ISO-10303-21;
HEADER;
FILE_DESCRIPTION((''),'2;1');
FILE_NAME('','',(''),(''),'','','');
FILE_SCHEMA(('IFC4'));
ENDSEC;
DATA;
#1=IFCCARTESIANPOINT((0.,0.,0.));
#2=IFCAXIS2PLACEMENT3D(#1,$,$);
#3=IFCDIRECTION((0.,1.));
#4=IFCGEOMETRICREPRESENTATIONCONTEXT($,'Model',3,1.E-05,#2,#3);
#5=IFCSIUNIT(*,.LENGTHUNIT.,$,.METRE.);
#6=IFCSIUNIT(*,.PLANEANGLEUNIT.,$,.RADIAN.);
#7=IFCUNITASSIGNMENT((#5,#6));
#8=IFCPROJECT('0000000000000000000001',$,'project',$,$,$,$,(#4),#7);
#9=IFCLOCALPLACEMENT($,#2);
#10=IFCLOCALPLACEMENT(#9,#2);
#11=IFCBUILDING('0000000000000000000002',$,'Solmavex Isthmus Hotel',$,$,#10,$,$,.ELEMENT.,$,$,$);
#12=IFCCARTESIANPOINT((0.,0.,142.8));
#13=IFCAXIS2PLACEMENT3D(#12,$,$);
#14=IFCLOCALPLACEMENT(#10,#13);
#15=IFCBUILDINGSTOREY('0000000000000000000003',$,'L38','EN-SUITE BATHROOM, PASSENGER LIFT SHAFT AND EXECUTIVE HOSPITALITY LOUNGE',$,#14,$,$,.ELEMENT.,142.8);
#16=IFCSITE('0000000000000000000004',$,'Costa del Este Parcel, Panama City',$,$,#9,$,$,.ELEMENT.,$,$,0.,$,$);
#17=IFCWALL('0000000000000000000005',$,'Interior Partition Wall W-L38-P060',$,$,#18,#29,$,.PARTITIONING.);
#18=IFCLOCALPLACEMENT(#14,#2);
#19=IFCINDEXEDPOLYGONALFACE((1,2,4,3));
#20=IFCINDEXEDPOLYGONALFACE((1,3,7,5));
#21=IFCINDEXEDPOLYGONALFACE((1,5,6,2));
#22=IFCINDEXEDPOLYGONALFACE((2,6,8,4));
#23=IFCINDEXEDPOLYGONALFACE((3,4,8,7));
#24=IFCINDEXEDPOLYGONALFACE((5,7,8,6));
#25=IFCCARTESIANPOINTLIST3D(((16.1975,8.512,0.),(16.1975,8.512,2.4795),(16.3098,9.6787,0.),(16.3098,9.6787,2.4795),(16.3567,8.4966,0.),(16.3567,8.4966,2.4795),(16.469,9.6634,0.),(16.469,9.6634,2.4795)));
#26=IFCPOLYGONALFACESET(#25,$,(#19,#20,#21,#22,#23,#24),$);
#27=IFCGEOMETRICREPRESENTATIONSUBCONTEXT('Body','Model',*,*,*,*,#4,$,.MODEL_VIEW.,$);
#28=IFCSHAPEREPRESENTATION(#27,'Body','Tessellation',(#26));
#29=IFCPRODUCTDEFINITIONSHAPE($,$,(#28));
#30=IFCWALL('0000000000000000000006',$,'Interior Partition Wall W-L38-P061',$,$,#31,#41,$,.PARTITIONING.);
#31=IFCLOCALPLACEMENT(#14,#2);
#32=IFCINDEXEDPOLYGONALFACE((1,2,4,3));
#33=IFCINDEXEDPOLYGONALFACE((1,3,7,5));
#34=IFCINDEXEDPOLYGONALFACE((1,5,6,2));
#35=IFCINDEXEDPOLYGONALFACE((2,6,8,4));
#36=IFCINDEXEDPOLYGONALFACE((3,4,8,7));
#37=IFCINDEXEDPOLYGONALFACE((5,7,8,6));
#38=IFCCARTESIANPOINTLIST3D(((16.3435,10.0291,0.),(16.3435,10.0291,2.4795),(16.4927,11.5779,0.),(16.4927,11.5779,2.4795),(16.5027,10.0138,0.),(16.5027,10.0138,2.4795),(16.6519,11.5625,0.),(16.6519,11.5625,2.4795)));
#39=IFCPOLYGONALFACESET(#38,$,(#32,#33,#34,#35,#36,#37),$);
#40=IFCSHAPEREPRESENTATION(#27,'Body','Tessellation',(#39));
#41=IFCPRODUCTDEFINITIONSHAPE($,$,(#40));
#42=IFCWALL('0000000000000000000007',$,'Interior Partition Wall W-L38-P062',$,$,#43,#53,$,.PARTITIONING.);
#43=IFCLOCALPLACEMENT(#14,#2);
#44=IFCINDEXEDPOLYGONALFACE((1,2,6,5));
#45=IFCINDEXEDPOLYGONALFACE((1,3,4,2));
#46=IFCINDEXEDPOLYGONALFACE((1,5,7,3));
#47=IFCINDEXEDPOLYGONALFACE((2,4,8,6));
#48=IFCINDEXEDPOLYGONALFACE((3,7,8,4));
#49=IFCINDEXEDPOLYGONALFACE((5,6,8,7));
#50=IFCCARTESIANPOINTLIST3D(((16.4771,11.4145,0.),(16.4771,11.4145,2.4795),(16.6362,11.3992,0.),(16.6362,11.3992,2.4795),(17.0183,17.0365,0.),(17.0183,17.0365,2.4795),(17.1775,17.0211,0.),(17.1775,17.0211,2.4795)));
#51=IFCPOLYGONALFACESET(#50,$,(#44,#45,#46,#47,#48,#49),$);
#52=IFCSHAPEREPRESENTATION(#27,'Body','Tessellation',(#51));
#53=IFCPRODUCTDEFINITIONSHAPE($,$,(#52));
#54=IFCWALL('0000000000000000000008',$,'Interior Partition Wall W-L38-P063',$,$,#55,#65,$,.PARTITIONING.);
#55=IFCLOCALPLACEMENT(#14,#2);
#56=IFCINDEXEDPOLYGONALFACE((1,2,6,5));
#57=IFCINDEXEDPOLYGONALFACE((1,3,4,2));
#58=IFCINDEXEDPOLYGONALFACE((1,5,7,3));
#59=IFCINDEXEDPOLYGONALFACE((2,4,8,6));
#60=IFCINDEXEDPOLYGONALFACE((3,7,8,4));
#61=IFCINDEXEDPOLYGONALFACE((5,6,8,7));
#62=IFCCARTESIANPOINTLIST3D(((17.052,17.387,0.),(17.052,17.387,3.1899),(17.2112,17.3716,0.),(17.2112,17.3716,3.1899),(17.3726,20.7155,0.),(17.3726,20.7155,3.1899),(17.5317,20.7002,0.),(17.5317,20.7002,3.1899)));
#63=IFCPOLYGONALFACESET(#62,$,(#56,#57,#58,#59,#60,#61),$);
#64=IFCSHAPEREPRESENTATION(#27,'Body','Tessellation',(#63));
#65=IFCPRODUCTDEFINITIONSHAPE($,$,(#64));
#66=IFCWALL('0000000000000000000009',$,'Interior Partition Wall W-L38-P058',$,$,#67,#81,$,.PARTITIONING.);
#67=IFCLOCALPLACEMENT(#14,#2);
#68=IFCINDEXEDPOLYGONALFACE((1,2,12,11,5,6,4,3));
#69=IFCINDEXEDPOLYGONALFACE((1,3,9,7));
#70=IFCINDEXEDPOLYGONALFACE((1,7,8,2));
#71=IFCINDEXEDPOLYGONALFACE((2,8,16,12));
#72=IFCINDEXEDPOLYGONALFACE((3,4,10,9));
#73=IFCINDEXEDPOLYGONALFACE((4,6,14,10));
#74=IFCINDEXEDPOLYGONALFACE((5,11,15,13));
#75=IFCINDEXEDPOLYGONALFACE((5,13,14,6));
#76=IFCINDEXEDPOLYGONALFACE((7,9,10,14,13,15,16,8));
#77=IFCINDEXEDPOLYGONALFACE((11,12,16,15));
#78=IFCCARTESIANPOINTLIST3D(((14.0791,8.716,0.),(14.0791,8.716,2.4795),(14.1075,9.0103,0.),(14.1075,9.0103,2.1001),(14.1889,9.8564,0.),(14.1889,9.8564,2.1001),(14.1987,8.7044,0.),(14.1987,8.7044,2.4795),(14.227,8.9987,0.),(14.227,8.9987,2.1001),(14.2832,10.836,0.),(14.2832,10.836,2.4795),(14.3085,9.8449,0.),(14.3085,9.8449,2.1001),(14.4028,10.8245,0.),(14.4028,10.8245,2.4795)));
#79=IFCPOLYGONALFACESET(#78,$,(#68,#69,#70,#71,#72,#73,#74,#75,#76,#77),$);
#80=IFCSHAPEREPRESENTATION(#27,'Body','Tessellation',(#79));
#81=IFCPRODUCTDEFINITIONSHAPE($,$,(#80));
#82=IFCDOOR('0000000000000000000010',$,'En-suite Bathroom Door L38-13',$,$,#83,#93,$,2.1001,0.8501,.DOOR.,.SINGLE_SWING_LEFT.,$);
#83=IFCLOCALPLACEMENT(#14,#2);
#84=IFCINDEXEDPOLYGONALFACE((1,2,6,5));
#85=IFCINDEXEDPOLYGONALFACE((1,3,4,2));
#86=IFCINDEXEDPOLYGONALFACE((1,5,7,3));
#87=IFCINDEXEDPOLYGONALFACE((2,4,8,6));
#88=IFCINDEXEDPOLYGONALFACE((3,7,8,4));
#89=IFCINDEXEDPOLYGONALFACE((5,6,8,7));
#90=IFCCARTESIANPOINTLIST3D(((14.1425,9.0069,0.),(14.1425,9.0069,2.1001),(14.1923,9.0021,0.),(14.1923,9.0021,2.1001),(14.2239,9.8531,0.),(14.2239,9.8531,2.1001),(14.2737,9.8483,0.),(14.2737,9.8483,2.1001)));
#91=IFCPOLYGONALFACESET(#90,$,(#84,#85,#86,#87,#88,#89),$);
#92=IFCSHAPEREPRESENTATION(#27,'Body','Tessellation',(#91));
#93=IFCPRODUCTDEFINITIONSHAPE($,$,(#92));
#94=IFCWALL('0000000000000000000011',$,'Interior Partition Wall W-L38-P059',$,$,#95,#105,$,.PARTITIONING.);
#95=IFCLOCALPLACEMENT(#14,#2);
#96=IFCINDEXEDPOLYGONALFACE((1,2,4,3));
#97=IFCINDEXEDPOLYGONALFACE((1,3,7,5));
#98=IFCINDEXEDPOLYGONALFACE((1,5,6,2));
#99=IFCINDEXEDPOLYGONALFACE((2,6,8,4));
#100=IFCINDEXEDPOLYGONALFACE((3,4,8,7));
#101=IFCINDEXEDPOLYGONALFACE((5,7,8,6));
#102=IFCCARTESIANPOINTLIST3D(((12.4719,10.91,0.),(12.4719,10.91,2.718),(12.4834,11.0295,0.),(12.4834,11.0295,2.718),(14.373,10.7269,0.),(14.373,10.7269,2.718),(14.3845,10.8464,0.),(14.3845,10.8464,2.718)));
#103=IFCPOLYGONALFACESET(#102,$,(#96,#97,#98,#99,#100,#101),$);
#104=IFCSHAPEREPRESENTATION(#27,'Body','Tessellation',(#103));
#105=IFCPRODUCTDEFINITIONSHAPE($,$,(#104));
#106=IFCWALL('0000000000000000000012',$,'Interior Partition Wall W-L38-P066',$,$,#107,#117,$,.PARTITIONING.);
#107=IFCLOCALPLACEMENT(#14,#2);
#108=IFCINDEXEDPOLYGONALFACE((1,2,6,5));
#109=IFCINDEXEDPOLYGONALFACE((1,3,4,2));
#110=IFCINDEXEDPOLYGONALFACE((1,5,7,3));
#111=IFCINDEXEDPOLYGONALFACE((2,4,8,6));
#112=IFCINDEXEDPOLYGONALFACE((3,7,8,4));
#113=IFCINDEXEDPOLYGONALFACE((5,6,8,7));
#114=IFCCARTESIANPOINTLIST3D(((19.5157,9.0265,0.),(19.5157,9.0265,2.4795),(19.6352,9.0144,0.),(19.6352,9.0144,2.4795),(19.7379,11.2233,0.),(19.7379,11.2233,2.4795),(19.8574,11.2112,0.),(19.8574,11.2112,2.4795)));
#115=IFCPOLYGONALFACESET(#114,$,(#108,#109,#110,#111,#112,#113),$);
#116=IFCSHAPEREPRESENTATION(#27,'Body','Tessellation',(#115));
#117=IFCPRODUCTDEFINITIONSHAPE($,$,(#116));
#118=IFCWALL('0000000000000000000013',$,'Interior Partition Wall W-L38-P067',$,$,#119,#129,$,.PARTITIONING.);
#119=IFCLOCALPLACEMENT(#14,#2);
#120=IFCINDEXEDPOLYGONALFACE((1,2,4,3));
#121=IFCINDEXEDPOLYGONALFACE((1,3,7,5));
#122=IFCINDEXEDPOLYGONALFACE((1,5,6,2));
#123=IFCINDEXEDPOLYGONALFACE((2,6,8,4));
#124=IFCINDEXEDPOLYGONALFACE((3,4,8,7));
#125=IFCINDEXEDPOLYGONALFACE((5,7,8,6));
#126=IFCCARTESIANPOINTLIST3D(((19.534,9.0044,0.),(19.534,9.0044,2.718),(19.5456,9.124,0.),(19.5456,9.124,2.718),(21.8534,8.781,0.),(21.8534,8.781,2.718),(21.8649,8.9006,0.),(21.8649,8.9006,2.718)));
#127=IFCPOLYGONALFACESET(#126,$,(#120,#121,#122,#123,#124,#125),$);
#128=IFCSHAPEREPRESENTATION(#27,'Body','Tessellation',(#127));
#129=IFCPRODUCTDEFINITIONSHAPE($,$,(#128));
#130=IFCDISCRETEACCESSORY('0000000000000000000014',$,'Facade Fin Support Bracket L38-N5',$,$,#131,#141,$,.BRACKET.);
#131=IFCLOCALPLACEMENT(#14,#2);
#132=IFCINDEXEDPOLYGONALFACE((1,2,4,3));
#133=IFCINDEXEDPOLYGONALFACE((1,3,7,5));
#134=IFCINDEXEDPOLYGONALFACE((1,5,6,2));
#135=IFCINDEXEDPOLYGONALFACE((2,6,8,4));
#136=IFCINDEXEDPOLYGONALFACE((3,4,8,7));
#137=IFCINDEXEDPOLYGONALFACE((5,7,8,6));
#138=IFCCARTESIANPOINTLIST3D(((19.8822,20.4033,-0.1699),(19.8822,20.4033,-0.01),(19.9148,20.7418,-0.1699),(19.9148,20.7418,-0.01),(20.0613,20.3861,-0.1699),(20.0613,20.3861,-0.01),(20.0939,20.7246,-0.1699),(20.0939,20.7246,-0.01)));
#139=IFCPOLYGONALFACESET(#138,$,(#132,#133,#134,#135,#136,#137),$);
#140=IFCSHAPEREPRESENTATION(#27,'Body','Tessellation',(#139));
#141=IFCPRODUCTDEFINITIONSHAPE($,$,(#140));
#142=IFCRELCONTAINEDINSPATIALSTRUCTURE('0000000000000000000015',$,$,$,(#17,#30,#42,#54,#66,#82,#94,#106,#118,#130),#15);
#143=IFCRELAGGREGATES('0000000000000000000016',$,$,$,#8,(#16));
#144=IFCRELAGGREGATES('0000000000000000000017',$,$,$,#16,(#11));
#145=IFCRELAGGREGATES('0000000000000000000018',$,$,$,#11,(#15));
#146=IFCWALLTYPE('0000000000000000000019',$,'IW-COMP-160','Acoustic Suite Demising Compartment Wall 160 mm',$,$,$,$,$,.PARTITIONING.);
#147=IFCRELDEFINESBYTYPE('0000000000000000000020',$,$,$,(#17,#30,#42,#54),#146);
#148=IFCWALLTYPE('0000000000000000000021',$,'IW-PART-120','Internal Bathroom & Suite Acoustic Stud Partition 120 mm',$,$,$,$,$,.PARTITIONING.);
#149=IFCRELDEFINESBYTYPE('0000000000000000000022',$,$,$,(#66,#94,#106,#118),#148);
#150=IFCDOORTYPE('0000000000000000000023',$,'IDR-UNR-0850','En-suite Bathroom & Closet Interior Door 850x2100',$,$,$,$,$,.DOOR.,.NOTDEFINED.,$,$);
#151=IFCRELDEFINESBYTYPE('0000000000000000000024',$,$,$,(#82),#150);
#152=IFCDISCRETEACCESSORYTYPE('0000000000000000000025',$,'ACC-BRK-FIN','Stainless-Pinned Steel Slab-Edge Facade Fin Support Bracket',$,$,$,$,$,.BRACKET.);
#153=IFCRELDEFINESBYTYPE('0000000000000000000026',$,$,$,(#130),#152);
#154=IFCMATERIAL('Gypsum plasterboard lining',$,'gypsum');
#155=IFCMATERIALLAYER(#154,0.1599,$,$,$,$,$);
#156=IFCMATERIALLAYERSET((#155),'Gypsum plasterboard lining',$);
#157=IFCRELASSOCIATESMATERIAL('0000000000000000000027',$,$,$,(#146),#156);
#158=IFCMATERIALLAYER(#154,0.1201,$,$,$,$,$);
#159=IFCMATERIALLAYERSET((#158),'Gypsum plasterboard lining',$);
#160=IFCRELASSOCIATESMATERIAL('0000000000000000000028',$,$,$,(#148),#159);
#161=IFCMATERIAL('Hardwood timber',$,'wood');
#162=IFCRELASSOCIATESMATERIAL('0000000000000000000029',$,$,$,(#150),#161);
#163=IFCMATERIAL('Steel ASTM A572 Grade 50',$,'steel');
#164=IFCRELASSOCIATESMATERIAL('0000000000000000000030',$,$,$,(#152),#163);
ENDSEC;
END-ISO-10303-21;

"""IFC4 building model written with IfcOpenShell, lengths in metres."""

from ifc_helpers import new_model, si_unit, direction, frame, frame_2d, origin, origin_2d, place, context, subcontext, project, spatial, rectangle, extrude, material, layer, layer_set, type_object, element, fill, save


model = new_model("IFC4")

# Units and contexts
model_context = context("Model", 3, precision=1e-05, world=origin(), true_north=direction((0.0, 1.0)))
body_context = subcontext(model_context, "Body", "Model", "MODEL_VIEW")
ifc_project = project(units=[si_unit("LENGTHUNIT", "METRE"), si_unit("PLANEANGLEUNIT", "RADIAN")], contexts=[model_context])

# Site, building, storey
site_placement = place(None, origin())
site = spatial("IfcSite", under=ifc_project, at=site_placement, Name="Costa del Este Parcel, Panama City", CompositionType="ELEMENT", RefElevation=0.0)
building_placement = place(site_placement, origin())
building = spatial("IfcBuilding", under=site, at=building_placement, Name="Solmavex Isthmus Hotel", CompositionType="ELEMENT")
storey_placement = place(building_placement, frame((0.0, 0.0, 142.8)))
storey = spatial("IfcBuildingStorey", under=building, at=storey_placement, Name="L38", Description="EN-SUITE BATHROOM, PASSENGER LIFT SHAFT AND EXECUTIVE HOSPITALITY LOUNGE", CompositionType="ELEMENT", Elevation=142.8)

# Walls
ifc_material_1 = material(Name="Gypsum plasterboard lining", Category="gypsum")
ifc_layer_1 = layer(ifc_material_1, 0.1599)
ifc_layer_set_1 = layer_set([ifc_layer_1], Name="Gypsum plasterboard lining")
wall_type_1 = type_object("IfcWallType", Name="IW-COMP-160", Description="Acoustic Suite Demising Compartment Wall 160 mm", PredefinedType="PARTITIONING", material=ifc_layer_set_1)
wall_1_placement = place(storey_placement, frame((16.3894, 9.6709, 0.0), z_axis=(0.0, 0.0, 1.0), x_axis=(-0.095812, -0.995399, 0.0)))
element("IfcWall", 1, at=wall_1_placement, inside=storey, type_object=wall_type_1, Name="Interior Partition Wall W-L38-P060", PredefinedType="PARTITIONING", context=body_context, shape_type="SweptSolid", body=[
    extrude(rectangle(XDim=1.1721, YDim=0.1599, at=frame_2d((0.5859, 0.0))), origin(), (0.0, 0.0, 1.0), 2.4795),
])
wall_2_placement = place(storey_placement, frame((16.5723, 11.5701, 0.0), z_axis=(0.0, 0.0, 1.0), x_axis=(-0.095868, -0.995394, 0.0)))
element("IfcWall", 2, at=wall_2_placement, inside=storey, type_object=wall_type_1, Name="Interior Partition Wall W-L38-P061", PredefinedType="PARTITIONING", context=body_context, shape_type="SweptSolid", body=[
    extrude(rectangle(XDim=1.5559, YDim=0.1599, at=frame_2d((0.7778, 0.0))), origin(), (0.0, 0.0, 1.0), 2.4795),
])
wall_3_placement = place(storey_placement, frame((17.0979, 17.0288, 0.0), z_axis=(0.0, 0.0, 1.0), x_axis=(-0.095831, -0.995398, 0.0)))
element("IfcWall", 3, at=wall_3_placement, inside=storey, type_object=wall_type_1, Name="Interior Partition Wall W-L38-P062", PredefinedType="PARTITIONING", context=body_context, shape_type="SweptSolid", body=[
    extrude(rectangle(XDim=5.6479, YDim=0.1599, at=frame_2d((2.824, 0.0))), origin(), (0.0, 0.0, 1.0), 2.4795),
])
wall_4_placement = place(storey_placement, frame((17.4521, 20.7078, 0.0), z_axis=(0.0, 0.0, 1.0), x_axis=(-0.09586, -0.995395, 0.0)))
element("IfcWall", 4, at=wall_4_placement, inside=storey, type_object=wall_type_1, Name="Interior Partition Wall W-L38-P063", PredefinedType="PARTITIONING", context=body_context, shape_type="SweptSolid", body=[
    extrude(rectangle(XDim=3.344, YDim=0.1599, at=frame_2d((1.6719, 0.0))), origin(), (0.0, 0.0, 1.0), 3.1899),
])

# Wall, opening, door
ifc_material_2 = material(Name="Hardwood timber", Category="wood")
ifc_layer_2 = layer(ifc_material_1, 0.1201)
ifc_layer_set_2 = layer_set([ifc_layer_2], Name="Gypsum plasterboard lining")
wall_type_2 = type_object("IfcWallType", Name="IW-PART-120", Description="Internal Bathroom & Suite Acoustic Stud Partition 120 mm", PredefinedType="PARTITIONING", material=ifc_layer_set_2)
wall_5_placement = place(storey_placement, frame((14.1389, 8.7102, 0.0), z_axis=(0.0, 0.0, 1.0), x_axis=(0.095826, 0.995398, 0.0)))
wall_5 = element("IfcWall", 5, at=wall_5_placement, inside=storey, type_object=wall_type_2, Name="Interior Partition Wall W-L38-P058", PredefinedType="PARTITIONING", context=body_context, shape_type="SweptSolid", body=[
    extrude(rectangle(XDim=2.1299, YDim=0.1201, at=frame_2d((1.0649, 0.0))), origin(), (0.0, 0.0, 1.0), 2.4795),
])
opening_1_placement = place(wall_5_placement, frame((0.2957, 0.0, 0.0)))
opening_1 = element("IfcOpeningElement", 6, at=opening_1_placement, cuts=wall_5, PredefinedType="OPENING", context=body_context, shape_type="SweptSolid", body=[
    extrude(rectangle(XDim=0.8501, YDim=2.1001, at=frame_2d((0.425, 1.05))), frame((0.0, 0.0701, 0.0), z_axis=(0.0, -1.0, 0.0), x_axis=(1.0, 0.0, 0.0)), (0.0, 0.0, 1.0), 0.1401),
])
door_type_1 = type_object("IfcDoorType", Name="IDR-UNR-0850", Description="En-suite Bathroom & Closet Interior Door 850x2100", OperationType="NOTDEFINED", PredefinedType="DOOR", material=ifc_material_2)
door_1_placement = place(opening_1_placement, origin())
door_1 = element("IfcDoor", 7, at=door_1_placement, inside=storey, type_object=door_type_1, Name="En-suite Bathroom Door L38-13", OperationType="SINGLE_SWING_LEFT", OverallHeight=2.1001, OverallWidth=0.8501, PredefinedType="DOOR", context=body_context, shape_type="SweptSolid", body=[
    extrude(rectangle(XDim=0.8501, YDim=2.1001, at=frame_2d((0.425, 1.05))), frame((0.0, 0.0249, 0.0), z_axis=(0.0, -1.0, 0.0), x_axis=(1.0, 0.0, 0.0)), (0.0, 0.0, 1.0), 0.05),
])
fill(opening_1, door_1)

# Walls
wall_6_placement = place(storey_placement, frame((14.3789, 10.7866, 0.0), z_axis=(0.0, 0.0, 1.0), x_axis=(-0.995394, 0.095871, 0.0)))
element("IfcWall", 8, at=wall_6_placement, inside=storey, type_object=wall_type_2, Name="Interior Partition Wall W-L38-P059", PredefinedType="PARTITIONING", context=body_context, shape_type="SweptSolid", body=[
    extrude(rectangle(XDim=1.9099, YDim=0.1201, at=frame_2d((0.9551, 0.0))), origin(), (0.0, 0.0, 1.0), 2.718),
])
wall_7_placement = place(storey_placement, frame((19.7976, 11.2173, 0.0), z_axis=(0.0, 0.0, 1.0), x_axis=(-0.10062, -0.994925, 0.0)))
element("IfcWall", 9, at=wall_7_placement, inside=storey, type_object=wall_type_2, Name="Interior Partition Wall W-L38-P066", PredefinedType="PARTITIONING", context=body_context, shape_type="SweptSolid", body=[
    extrude(rectangle(XDim=2.208, YDim=0.1201, at=frame_2d((1.104, 0.0))), origin(), (0.0, 0.0, 1.0), 2.4795),
])
wall_8_placement = place(storey_placement, frame((19.5398, 9.0642, 0.0), z_axis=(0.0, 0.0, 1.0), x_axis=(0.995394, -0.095872, 0.0)))
element("IfcWall", 10, at=wall_8_placement, inside=storey, type_object=wall_type_2, Name="Interior Partition Wall W-L38-P067", PredefinedType="PARTITIONING", context=body_context, shape_type="SweptSolid", body=[
    extrude(rectangle(XDim=2.3301, YDim=0.1201, at=frame_2d((1.165, 0.0))), origin(), (0.0, 0.0, 1.0), 2.718),
])

# Discrete accessory
ifc_material_3 = material(Name="Steel ASTM A572 Grade 50", Category="steel")
discrete_accessory_type = type_object("IfcDiscreteAccessoryType", Name="ACC-BRK-FIN", Description="Stainless-Pinned Steel Slab-Edge Facade Fin Support Bracket", PredefinedType="BRACKET", material=ifc_material_3)
discrete_accessory_placement = place(storey_placement, frame((19.988, 20.564, -0.1699), z_axis=(0.0, 0.0, 1.0), x_axis=(0.095846, 0.995396, 0.0)))
element("IfcDiscreteAccessory", 11, at=discrete_accessory_placement, inside=storey, type_object=discrete_accessory_type, Name="Facade Fin Support Bracket L38-N5", PredefinedType="BRACKET", context=body_context, shape_type="SweptSolid", body=[
    extrude(rectangle(XDim=0.3401, YDim=0.1799, at=origin_2d()), origin(), (0.0, 0.0, 1.0), 0.1599),
])

save(model, "model.ifc")
